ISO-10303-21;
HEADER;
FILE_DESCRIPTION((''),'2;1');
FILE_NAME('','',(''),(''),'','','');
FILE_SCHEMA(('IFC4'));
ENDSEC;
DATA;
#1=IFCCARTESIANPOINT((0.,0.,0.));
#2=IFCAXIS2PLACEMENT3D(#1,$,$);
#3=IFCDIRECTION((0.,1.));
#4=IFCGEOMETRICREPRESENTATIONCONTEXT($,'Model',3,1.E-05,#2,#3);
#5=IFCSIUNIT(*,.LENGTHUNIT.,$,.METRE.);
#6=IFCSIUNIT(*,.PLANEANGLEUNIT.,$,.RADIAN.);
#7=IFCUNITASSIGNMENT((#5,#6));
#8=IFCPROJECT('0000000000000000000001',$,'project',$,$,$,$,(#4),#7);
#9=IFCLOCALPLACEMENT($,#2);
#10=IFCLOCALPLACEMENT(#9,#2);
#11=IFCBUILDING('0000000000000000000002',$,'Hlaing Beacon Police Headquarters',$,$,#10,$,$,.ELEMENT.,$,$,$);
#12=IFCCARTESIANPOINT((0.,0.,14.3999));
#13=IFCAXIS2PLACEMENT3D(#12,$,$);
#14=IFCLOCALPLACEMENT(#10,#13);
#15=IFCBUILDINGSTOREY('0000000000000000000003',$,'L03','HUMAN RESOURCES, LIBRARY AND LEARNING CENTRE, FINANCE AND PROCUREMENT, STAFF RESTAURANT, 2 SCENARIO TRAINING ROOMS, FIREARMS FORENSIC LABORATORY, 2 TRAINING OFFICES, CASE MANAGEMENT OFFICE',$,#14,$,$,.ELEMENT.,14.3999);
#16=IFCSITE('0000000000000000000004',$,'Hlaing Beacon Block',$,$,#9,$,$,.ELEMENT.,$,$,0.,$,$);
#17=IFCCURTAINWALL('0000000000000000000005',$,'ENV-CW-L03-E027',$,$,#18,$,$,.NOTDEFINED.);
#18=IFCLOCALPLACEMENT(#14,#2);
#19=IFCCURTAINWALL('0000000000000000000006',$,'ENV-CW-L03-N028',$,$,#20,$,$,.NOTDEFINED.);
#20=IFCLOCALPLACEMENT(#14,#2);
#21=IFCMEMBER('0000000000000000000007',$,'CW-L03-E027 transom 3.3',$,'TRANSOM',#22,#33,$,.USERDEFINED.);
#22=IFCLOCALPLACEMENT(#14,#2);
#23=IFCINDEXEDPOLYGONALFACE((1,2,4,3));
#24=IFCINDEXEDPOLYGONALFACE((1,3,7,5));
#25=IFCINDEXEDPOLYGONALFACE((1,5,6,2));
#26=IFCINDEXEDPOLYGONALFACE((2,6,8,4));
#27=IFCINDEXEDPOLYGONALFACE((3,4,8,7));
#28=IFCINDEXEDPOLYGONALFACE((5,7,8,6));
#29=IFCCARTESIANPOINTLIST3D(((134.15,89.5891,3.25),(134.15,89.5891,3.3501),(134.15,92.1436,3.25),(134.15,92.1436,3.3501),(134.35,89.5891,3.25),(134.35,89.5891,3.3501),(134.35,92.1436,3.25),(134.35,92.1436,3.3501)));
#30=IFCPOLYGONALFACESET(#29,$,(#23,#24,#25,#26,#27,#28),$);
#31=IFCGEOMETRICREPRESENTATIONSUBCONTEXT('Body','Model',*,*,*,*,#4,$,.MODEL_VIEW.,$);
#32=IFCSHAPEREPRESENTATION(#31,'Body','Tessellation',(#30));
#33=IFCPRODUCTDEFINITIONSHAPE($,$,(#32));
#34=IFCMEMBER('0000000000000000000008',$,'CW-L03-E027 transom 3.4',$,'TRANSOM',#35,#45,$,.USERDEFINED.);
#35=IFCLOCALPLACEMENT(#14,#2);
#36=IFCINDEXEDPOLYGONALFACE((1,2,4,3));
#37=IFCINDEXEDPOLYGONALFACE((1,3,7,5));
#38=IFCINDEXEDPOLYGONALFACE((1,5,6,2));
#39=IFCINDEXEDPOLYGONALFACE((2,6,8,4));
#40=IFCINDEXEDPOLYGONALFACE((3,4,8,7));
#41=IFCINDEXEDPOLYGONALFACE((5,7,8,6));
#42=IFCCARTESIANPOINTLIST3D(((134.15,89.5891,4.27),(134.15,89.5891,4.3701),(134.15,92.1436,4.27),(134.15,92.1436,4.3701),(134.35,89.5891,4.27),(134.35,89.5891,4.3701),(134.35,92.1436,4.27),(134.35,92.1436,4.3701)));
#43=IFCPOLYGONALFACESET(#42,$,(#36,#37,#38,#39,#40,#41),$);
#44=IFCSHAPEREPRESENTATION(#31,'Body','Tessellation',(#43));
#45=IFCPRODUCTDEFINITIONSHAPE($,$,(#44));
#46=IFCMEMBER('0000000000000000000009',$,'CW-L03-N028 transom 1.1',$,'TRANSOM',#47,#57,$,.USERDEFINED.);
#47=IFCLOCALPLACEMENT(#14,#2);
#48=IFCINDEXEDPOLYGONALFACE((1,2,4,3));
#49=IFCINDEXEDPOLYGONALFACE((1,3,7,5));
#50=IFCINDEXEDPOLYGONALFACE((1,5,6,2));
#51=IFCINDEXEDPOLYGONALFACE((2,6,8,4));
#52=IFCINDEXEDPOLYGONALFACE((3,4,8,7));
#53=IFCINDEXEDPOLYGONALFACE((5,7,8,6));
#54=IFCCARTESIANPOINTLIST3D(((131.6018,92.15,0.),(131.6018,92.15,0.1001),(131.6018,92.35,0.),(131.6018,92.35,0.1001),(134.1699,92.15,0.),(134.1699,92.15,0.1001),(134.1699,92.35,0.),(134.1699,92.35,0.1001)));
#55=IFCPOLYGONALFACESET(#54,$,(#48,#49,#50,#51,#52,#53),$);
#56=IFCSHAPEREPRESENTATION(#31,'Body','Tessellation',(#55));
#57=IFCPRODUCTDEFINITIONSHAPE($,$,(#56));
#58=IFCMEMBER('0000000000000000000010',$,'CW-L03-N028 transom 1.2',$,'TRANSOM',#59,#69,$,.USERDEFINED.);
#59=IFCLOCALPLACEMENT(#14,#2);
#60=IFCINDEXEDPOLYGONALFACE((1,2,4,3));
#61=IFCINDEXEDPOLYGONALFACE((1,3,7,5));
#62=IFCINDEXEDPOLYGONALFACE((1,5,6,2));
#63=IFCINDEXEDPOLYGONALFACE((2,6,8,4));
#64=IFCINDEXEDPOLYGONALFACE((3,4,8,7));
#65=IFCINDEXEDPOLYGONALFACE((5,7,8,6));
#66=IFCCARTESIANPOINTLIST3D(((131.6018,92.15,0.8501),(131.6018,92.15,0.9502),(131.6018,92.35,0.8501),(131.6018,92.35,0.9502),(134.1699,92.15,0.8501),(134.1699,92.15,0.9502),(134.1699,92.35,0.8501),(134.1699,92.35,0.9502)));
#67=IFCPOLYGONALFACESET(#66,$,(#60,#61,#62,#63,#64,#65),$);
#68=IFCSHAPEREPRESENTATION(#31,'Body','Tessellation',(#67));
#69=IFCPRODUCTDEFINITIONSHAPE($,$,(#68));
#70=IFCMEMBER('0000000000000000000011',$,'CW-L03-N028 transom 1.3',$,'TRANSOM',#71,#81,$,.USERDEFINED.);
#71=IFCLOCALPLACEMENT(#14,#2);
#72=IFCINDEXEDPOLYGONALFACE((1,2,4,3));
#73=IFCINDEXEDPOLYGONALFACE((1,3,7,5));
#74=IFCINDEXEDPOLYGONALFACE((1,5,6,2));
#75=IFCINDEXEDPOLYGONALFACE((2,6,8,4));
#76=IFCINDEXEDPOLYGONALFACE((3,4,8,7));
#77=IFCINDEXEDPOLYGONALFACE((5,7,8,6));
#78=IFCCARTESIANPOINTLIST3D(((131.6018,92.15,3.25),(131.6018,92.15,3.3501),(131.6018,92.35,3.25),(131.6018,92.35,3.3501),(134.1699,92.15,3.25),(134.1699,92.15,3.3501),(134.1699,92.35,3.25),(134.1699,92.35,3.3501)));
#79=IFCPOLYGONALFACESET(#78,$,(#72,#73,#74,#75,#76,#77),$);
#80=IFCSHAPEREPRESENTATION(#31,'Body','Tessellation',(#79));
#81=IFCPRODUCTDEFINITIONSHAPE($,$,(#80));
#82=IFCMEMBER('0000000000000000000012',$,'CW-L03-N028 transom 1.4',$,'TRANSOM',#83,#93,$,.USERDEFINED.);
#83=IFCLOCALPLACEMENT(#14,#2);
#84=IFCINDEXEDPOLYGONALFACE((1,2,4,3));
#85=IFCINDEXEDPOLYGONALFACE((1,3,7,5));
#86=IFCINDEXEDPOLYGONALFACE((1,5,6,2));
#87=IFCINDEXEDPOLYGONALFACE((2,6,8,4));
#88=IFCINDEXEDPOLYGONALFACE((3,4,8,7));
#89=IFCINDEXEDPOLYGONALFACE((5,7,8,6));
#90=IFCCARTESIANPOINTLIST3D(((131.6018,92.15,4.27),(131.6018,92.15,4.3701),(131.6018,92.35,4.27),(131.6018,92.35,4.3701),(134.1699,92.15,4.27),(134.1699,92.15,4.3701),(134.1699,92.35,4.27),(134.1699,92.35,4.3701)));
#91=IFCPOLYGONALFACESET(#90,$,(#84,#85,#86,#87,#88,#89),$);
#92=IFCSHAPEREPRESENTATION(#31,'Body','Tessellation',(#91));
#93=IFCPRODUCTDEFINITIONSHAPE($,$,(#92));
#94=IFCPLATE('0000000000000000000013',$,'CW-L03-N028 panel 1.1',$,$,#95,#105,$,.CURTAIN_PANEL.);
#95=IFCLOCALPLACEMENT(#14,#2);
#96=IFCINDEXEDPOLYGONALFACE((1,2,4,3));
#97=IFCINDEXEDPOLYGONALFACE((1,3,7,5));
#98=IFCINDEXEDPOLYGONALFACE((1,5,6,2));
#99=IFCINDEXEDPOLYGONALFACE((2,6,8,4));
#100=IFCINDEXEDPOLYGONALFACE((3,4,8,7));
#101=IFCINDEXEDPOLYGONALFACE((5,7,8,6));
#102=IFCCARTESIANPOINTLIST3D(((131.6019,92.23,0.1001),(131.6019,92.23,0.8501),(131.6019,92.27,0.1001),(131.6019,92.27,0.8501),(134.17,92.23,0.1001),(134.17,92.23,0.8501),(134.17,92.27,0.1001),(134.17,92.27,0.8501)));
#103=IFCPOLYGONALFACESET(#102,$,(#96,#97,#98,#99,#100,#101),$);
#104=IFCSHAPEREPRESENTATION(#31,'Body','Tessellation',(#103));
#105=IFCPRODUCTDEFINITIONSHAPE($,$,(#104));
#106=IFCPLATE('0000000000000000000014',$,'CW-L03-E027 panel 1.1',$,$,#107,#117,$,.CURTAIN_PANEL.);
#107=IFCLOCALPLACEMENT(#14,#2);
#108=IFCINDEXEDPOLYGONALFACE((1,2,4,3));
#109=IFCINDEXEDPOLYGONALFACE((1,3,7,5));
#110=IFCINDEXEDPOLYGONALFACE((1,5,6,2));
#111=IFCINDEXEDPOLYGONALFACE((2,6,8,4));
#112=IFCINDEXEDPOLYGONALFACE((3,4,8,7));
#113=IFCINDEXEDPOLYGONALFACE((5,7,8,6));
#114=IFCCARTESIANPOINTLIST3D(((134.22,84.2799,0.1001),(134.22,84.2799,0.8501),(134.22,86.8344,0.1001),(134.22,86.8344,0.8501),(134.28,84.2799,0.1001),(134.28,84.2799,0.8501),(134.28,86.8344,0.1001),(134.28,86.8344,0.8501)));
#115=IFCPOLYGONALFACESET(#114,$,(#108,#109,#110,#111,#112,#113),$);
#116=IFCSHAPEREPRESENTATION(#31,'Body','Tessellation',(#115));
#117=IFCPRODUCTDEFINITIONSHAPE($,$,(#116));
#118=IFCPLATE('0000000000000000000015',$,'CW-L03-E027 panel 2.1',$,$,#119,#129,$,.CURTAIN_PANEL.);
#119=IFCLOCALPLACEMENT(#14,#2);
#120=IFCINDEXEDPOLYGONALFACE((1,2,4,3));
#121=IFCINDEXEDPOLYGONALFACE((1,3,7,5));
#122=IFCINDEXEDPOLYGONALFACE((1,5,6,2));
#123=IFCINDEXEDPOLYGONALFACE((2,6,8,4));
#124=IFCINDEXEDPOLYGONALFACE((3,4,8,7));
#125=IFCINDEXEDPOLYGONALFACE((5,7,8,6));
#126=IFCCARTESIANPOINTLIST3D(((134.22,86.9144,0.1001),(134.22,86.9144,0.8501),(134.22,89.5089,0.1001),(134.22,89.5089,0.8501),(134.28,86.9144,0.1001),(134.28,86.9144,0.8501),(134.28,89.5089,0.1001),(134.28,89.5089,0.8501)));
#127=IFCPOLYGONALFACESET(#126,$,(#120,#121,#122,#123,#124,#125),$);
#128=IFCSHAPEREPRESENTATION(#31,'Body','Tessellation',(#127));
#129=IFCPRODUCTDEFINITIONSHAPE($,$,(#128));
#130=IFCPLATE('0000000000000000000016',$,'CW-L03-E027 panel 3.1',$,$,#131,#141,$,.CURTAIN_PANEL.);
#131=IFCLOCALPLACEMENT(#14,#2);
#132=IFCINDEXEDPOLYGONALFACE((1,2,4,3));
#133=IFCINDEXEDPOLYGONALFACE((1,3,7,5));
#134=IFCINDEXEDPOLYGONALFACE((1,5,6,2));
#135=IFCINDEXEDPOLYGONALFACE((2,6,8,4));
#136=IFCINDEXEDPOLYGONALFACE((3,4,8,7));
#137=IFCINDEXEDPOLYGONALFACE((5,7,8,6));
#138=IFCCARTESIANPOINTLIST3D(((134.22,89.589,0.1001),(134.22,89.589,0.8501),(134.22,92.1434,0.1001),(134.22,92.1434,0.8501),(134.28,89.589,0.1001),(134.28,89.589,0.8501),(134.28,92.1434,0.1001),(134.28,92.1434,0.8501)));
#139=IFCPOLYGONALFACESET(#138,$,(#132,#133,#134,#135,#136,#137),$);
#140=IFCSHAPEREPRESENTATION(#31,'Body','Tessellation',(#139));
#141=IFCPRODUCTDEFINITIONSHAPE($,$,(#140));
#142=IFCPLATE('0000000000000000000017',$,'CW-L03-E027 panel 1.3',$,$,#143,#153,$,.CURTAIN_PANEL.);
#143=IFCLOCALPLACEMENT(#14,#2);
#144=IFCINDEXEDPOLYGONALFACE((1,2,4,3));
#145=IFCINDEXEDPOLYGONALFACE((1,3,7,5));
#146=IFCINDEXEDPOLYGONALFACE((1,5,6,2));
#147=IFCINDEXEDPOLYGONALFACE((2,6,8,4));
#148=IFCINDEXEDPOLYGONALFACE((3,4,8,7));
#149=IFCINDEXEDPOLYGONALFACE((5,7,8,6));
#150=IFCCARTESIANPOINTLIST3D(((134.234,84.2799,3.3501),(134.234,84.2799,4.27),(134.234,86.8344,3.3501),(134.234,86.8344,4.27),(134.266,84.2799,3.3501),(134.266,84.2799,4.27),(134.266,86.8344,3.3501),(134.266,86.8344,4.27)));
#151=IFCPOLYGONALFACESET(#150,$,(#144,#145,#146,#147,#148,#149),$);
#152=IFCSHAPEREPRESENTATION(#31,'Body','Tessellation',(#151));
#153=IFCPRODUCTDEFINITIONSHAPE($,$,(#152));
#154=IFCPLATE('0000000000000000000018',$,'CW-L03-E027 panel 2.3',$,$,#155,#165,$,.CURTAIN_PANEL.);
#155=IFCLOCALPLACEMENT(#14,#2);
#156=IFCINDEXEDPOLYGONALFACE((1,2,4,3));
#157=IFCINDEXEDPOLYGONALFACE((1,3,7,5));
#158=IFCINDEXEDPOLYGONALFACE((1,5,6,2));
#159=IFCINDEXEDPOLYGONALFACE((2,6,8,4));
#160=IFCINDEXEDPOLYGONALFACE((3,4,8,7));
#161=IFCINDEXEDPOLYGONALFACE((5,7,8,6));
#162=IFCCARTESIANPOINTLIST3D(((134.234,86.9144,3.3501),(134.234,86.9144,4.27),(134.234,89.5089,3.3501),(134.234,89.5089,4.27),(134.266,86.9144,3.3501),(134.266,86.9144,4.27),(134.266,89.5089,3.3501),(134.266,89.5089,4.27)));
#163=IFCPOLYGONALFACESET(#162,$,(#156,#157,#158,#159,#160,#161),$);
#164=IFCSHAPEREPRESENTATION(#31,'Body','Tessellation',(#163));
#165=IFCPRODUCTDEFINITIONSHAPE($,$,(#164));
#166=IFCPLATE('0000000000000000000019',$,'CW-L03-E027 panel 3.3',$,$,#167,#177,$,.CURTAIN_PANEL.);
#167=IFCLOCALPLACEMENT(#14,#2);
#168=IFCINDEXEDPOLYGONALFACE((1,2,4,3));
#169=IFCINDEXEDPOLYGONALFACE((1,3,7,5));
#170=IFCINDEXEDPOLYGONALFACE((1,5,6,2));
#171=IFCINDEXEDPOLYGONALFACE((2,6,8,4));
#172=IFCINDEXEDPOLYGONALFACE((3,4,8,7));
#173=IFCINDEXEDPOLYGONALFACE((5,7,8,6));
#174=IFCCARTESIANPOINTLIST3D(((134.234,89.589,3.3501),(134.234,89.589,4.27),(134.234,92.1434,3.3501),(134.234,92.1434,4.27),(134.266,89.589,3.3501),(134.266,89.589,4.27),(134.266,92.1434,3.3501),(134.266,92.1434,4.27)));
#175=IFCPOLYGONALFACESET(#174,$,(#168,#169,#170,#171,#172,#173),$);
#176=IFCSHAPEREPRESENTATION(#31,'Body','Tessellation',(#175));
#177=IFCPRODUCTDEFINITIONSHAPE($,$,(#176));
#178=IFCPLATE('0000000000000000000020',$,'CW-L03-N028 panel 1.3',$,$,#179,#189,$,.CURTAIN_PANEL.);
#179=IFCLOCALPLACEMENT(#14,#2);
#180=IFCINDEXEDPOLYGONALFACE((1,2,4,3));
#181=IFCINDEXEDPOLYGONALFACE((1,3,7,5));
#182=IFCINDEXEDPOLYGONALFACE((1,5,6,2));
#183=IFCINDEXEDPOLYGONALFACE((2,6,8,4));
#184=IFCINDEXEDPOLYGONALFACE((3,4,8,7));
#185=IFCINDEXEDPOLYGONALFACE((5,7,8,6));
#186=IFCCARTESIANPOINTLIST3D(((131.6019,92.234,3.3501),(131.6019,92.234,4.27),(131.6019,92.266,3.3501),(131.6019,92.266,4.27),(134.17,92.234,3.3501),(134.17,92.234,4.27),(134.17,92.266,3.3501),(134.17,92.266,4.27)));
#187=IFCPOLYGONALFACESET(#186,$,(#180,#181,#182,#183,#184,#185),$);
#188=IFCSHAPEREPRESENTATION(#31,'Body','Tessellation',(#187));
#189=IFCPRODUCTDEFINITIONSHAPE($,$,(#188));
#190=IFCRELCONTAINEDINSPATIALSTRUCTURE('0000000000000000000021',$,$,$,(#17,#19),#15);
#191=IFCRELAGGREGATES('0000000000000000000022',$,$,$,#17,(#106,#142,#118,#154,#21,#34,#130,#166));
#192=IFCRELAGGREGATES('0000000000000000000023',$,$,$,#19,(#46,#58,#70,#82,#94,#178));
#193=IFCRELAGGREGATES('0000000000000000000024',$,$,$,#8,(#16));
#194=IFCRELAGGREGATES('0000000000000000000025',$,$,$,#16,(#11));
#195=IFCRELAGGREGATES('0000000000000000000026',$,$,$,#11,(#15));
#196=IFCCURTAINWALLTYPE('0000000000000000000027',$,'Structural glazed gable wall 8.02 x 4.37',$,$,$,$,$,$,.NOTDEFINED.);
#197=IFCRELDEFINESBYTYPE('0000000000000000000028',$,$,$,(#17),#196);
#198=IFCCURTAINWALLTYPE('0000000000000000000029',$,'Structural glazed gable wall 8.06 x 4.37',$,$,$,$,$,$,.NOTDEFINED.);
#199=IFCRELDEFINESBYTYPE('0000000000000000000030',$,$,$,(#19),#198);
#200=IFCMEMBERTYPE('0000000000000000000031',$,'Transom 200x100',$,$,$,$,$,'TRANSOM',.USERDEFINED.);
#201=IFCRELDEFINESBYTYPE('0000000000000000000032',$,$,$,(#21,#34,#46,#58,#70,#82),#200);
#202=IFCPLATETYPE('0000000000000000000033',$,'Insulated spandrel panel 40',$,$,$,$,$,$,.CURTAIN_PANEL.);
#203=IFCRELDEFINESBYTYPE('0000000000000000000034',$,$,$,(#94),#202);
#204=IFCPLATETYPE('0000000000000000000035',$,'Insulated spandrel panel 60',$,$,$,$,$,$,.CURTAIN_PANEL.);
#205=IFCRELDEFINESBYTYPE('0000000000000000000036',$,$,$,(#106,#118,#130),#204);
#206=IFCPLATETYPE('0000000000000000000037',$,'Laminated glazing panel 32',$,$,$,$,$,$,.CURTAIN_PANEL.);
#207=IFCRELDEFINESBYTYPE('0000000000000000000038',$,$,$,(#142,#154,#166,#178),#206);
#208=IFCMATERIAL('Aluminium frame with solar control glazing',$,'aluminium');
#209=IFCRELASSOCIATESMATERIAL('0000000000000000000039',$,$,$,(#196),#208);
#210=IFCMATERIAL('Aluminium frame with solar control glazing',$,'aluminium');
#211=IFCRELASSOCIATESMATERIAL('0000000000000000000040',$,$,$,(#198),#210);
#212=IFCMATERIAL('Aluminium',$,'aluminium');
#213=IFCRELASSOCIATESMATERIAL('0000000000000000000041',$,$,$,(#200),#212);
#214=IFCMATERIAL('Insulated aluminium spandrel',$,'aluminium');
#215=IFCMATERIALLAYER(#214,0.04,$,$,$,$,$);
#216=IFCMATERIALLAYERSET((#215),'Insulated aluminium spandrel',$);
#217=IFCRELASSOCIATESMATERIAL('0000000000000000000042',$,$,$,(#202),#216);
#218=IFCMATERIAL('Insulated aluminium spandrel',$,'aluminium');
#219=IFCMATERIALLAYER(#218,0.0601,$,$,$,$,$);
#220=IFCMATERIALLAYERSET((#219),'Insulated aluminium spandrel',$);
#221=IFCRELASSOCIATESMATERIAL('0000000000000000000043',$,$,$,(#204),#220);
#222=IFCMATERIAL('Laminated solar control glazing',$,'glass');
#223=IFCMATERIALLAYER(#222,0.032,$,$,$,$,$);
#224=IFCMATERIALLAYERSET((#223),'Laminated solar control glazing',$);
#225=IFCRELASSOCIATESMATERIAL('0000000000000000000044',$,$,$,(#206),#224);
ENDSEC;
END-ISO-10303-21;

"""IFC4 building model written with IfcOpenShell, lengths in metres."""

from ifc_helpers import new_model, si_unit, direction, frame, origin, origin_2d, place, context, subcontext, project, spatial, rectangle, extrude, material, layer, layer_set, material_profile, profile_set, type_object, element, aggregate, save


model = new_model("IFC4")

# Units and contexts
model_context = context("Model", 3, precision=1e-05, world=origin(), true_north=direction((0.0, 1.0)))
body_context = subcontext(model_context, "Body", "Model", "MODEL_VIEW")
ifc_project = project(units=[si_unit("LENGTHUNIT", "METRE"), si_unit("PLANEANGLEUNIT", "RADIAN")], contexts=[model_context])

# Site, building, storey
site_placement = place(None, origin())
site = spatial("IfcSite", under=ifc_project, at=site_placement, Name="Hlaing Beacon Block", CompositionType="ELEMENT", RefElevation=0.0)
building_placement = place(site_placement, origin())
building = spatial("IfcBuilding", under=site, at=building_placement, Name="Hlaing Beacon Police Headquarters", CompositionType="ELEMENT")
storey_placement = place(building_placement, frame((0.0, 0.0, 14.3999)))
storey = spatial("IfcBuildingStorey", under=building, at=storey_placement, Name="L03", Description="HUMAN RESOURCES, LIBRARY AND LEARNING CENTRE, FINANCE AND PROCUREMENT, STAFF RESTAURANT, 2 SCENARIO TRAINING ROOMS, FIREARMS FORENSIC LABORATORY, 2 TRAINING OFFICES, CASE MANAGEMENT OFFICE", CompositionType="ELEMENT", Elevation=14.3999)

# Curtain walls
ifc_material_1 = material(Name="Aluminium frame with solar control glazing", Category="aluminium")
curtain_wall_type_1 = type_object("IfcCurtainWallType", Name="Structural glazed gable wall 8.02 x 4.37", PredefinedType="NOTDEFINED", material=ifc_material_1)
curtain_wall_1_placement = place(storey_placement, origin())
curtain_wall_1 = element("IfcCurtainWall", 1, at=curtain_wall_1_placement, inside=storey, type_object=curtain_wall_type_1, Name="ENV-CW-L03-E027", PredefinedType="NOTDEFINED")
ifc_material_2 = material(Name="Aluminium frame with solar control glazing", Category="aluminium")
curtain_wall_type_2 = type_object("IfcCurtainWallType", Name="Structural glazed gable wall 8.06 x 4.37", PredefinedType="NOTDEFINED", material=ifc_material_2)
curtain_wall_2_placement = place(storey_placement, origin())
curtain_wall_2 = element("IfcCurtainWall", 2, at=curtain_wall_2_placement, inside=storey, type_object=curtain_wall_type_2, Name="ENV-CW-L03-N028", PredefinedType="NOTDEFINED")

# Members
ifc_material_3 = material(Name="Aluminium", Category="aluminium")
ifc_material_profile_1 = material_profile(ifc_material_3, rectangle(XDim=0.2, YDim=0.1001, at=origin_2d()), Name="Transom 200x100")
ifc_profile_set_1 = profile_set([ifc_material_profile_1], Name="Aluminium")
member_type_1 = type_object("IfcMemberType", Name="Transom 200x100", ElementType="TRANSOM", PredefinedType="USERDEFINED", material=ifc_profile_set_1)
member_1_placement = place(storey_placement, frame((134.25, 89.5891, 3.3), z_axis=(0.0, 1.0, 0.0), x_axis=(-1.0, 0.0, 0.0)))
member_1 = element("IfcMember", 3, at=member_1_placement, type_object=member_type_1, Name="CW-L03-E027 transom 3.3", ObjectType="TRANSOM", PredefinedType="USERDEFINED", context=body_context, shape_type="SweptSolid", body=[
    extrude(rectangle(XDim=0.2, YDim=0.1001, at=origin_2d()), origin(), (0.0, 0.0, 1.0), 2.5544),
])
member_2_placement = place(storey_placement, frame((134.25, 89.5891, 4.3201), z_axis=(0.0, 1.0, 0.0), x_axis=(-1.0, 0.0, 0.0)))
member_2 = element("IfcMember", 4, at=member_2_placement, type_object=member_type_1, Name="CW-L03-E027 transom 3.4", ObjectType="TRANSOM", PredefinedType="USERDEFINED", context=body_context, shape_type="SweptSolid", body=[
    extrude(rectangle(XDim=0.2, YDim=0.1001, at=origin_2d()), origin(), (0.0, 0.0, 1.0), 2.5544),
])
member_3_placement = place(storey_placement, frame((134.1699, 92.25, 0.05), z_axis=(-1.0, 0.0, 0.0), x_axis=(0.0, -1.0, 0.0)))
member_3 = element("IfcMember", 5, at=member_3_placement, type_object=member_type_1, Name="CW-L03-N028 transom 1.1", ObjectType="TRANSOM", PredefinedType="USERDEFINED", context=body_context, shape_type="SweptSolid", body=[
    extrude(rectangle(XDim=0.2, YDim=0.1001, at=origin_2d()), origin(), (0.0, 0.0, 1.0), 2.5681),
])
member_4_placement = place(storey_placement, frame((134.1699, 92.25, 0.9001), z_axis=(-1.0, 0.0, 0.0), x_axis=(0.0, -1.0, 0.0)))
member_4 = element("IfcMember", 6, at=member_4_placement, type_object=member_type_1, Name="CW-L03-N028 transom 1.2", ObjectType="TRANSOM", PredefinedType="USERDEFINED", context=body_context, shape_type="SweptSolid", body=[
    extrude(rectangle(XDim=0.2, YDim=0.1001, at=origin_2d()), origin(), (0.0, 0.0, 1.0), 2.5681),
])
member_5_placement = place(storey_placement, frame((134.1699, 92.25, 3.3), z_axis=(-1.0, 0.0, 0.0), x_axis=(0.0, -1.0, 0.0)))
member_5 = element("IfcMember", 7, at=member_5_placement, type_object=member_type_1, Name="CW-L03-N028 transom 1.3", ObjectType="TRANSOM", PredefinedType="USERDEFINED", context=body_context, shape_type="SweptSolid", body=[
    extrude(rectangle(XDim=0.2, YDim=0.1001, at=origin_2d()), origin(), (0.0, 0.0, 1.0), 2.5681),
])
member_6_placement = place(storey_placement, frame((134.1699, 92.25, 4.3201), z_axis=(-1.0, 0.0, 0.0), x_axis=(0.0, -1.0, 0.0)))
member_6 = element("IfcMember", 8, at=member_6_placement, type_object=member_type_1, Name="CW-L03-N028 transom 1.4", ObjectType="TRANSOM", PredefinedType="USERDEFINED", context=body_context, shape_type="SweptSolid", body=[
    extrude(rectangle(XDim=0.2, YDim=0.1001, at=origin_2d()), origin(), (0.0, 0.0, 1.0), 2.5681),
])

# Plates
ifc_material_4 = material(Name="Insulated aluminium spandrel", Category="aluminium")
ifc_layer_1 = layer(ifc_material_4, 0.04)
ifc_layer_set_1 = layer_set([ifc_layer_1], Name="Insulated aluminium spandrel")
plate_type_1 = type_object("IfcPlateType", Name="Insulated spandrel panel 40", PredefinedType="CURTAIN_PANEL", material=ifc_layer_set_1)
plate_1_placement = place(storey_placement, frame((132.886, 92.25, 0.1001), z_axis=(0.0, 0.0, 1.0), x_axis=(-1.0, 0.0, 0.0)))
plate_1 = element("IfcPlate", 9, at=plate_1_placement, type_object=plate_type_1, Name="CW-L03-N028 panel 1.1", PredefinedType="CURTAIN_PANEL", context=body_context, shape_type="SweptSolid", body=[
    extrude(rectangle(XDim=2.5681, YDim=0.04, at=origin_2d()), origin(), (0.0, 0.0, 1.0), 0.75),
])
ifc_material_5 = material(Name="Insulated aluminium spandrel", Category="aluminium")
ifc_layer_2 = layer(ifc_material_5, 0.0601)
ifc_layer_set_2 = layer_set([ifc_layer_2], Name="Insulated aluminium spandrel")
plate_type_2 = type_object("IfcPlateType", Name="Insulated spandrel panel 60", PredefinedType="CURTAIN_PANEL", material=ifc_layer_set_2)
plate_2_placement = place(storey_placement, frame((134.25, 85.5571, 0.1001), z_axis=(0.0, 0.0, 1.0), x_axis=(0.0, 1.0, 0.0)))
plate_2 = element("IfcPlate", 10, at=plate_2_placement, type_object=plate_type_2, Name="CW-L03-E027 panel 1.1", PredefinedType="CURTAIN_PANEL", context=body_context, shape_type="SweptSolid", body=[
    extrude(rectangle(XDim=2.5544, YDim=0.0601, at=origin_2d()), origin(), (0.0, 0.0, 1.0), 0.75),
])
plate_3_placement = place(storey_placement, frame((134.25, 88.2117, 0.1001), z_axis=(0.0, 0.0, 1.0), x_axis=(0.0, 1.0, 0.0)))
plate_3 = element("IfcPlate", 11, at=plate_3_placement, type_object=plate_type_2, Name="CW-L03-E027 panel 2.1", PredefinedType="CURTAIN_PANEL", context=body_context, shape_type="SweptSolid", body=[
    extrude(rectangle(XDim=2.5945, YDim=0.0601, at=origin_2d()), origin(), (0.0, 0.0, 1.0), 0.75),
])
plate_4_placement = place(storey_placement, frame((134.25, 90.8662, 0.1001), z_axis=(0.0, 0.0, 1.0), x_axis=(0.0, 1.0, 0.0)))
plate_4 = element("IfcPlate", 12, at=plate_4_placement, type_object=plate_type_2, Name="CW-L03-E027 panel 3.1", PredefinedType="CURTAIN_PANEL", context=body_context, shape_type="SweptSolid", body=[
    extrude(rectangle(XDim=2.5544, YDim=0.0601, at=origin_2d()), origin(), (0.0, 0.0, 1.0), 0.75),
])
ifc_material_6 = material(Name="Laminated solar control glazing", Category="glass")
ifc_layer_3 = layer(ifc_material_6, 0.032)
ifc_layer_set_3 = layer_set([ifc_layer_3], Name="Laminated solar control glazing")
plate_type_3 = type_object("IfcPlateType", Name="Laminated glazing panel 32", PredefinedType="CURTAIN_PANEL", material=ifc_layer_set_3)
plate_5_placement = place(storey_placement, frame((134.25, 85.5571, 3.3501), z_axis=(0.0, 0.0, 1.0), x_axis=(0.0, 1.0, 0.0)))
plate_5 = element("IfcPlate", 13, at=plate_5_placement, type_object=plate_type_3, Name="CW-L03-E027 panel 1.3", PredefinedType="CURTAIN_PANEL", context=body_context, shape_type="SweptSolid", body=[
    extrude(rectangle(XDim=2.5544, YDim=0.032, at=origin_2d()), origin(), (0.0, 0.0, 1.0), 0.9199),
])
plate_6_placement = place(storey_placement, frame((134.25, 88.2117, 3.3501), z_axis=(0.0, 0.0, 1.0), x_axis=(0.0, 1.0, 0.0)))
plate_6 = element("IfcPlate", 14, at=plate_6_placement, type_object=plate_type_3, Name="CW-L03-E027 panel 2.3", PredefinedType="CURTAIN_PANEL", context=body_context, shape_type="SweptSolid", body=[
    extrude(rectangle(XDim=2.5945, YDim=0.032, at=origin_2d()), origin(), (0.0, 0.0, 1.0), 0.9199),
])
plate_7_placement = place(storey_placement, frame((134.25, 90.8662, 3.3501), z_axis=(0.0, 0.0, 1.0), x_axis=(0.0, 1.0, 0.0)))
plate_7 = element("IfcPlate", 15, at=plate_7_placement, type_object=plate_type_3, Name="CW-L03-E027 panel 3.3", PredefinedType="CURTAIN_PANEL", context=body_context, shape_type="SweptSolid", body=[
    extrude(rectangle(XDim=2.5544, YDim=0.032, at=origin_2d()), origin(), (0.0, 0.0, 1.0), 0.9199),
])
plate_8_placement = place(storey_placement, frame((132.886, 92.25, 3.3501), z_axis=(0.0, 0.0, 1.0), x_axis=(-1.0, 0.0, 0.0)))
plate_8 = element("IfcPlate", 16, at=plate_8_placement, type_object=plate_type_3, Name="CW-L03-N028 panel 1.3", PredefinedType="CURTAIN_PANEL", context=body_context, shape_type="SweptSolid", body=[
    extrude(rectangle(XDim=2.5681, YDim=0.032, at=origin_2d()), origin(), (0.0, 0.0, 1.0), 0.9199),
])
aggregate(curtain_wall_1, [plate_2, plate_5, plate_3, plate_6, member_1, member_2, plate_4, plate_7])
aggregate(curtain_wall_2, [member_3, member_4, member_5, member_6, plate_1, plate_8])

save(model, "model.ifc")
